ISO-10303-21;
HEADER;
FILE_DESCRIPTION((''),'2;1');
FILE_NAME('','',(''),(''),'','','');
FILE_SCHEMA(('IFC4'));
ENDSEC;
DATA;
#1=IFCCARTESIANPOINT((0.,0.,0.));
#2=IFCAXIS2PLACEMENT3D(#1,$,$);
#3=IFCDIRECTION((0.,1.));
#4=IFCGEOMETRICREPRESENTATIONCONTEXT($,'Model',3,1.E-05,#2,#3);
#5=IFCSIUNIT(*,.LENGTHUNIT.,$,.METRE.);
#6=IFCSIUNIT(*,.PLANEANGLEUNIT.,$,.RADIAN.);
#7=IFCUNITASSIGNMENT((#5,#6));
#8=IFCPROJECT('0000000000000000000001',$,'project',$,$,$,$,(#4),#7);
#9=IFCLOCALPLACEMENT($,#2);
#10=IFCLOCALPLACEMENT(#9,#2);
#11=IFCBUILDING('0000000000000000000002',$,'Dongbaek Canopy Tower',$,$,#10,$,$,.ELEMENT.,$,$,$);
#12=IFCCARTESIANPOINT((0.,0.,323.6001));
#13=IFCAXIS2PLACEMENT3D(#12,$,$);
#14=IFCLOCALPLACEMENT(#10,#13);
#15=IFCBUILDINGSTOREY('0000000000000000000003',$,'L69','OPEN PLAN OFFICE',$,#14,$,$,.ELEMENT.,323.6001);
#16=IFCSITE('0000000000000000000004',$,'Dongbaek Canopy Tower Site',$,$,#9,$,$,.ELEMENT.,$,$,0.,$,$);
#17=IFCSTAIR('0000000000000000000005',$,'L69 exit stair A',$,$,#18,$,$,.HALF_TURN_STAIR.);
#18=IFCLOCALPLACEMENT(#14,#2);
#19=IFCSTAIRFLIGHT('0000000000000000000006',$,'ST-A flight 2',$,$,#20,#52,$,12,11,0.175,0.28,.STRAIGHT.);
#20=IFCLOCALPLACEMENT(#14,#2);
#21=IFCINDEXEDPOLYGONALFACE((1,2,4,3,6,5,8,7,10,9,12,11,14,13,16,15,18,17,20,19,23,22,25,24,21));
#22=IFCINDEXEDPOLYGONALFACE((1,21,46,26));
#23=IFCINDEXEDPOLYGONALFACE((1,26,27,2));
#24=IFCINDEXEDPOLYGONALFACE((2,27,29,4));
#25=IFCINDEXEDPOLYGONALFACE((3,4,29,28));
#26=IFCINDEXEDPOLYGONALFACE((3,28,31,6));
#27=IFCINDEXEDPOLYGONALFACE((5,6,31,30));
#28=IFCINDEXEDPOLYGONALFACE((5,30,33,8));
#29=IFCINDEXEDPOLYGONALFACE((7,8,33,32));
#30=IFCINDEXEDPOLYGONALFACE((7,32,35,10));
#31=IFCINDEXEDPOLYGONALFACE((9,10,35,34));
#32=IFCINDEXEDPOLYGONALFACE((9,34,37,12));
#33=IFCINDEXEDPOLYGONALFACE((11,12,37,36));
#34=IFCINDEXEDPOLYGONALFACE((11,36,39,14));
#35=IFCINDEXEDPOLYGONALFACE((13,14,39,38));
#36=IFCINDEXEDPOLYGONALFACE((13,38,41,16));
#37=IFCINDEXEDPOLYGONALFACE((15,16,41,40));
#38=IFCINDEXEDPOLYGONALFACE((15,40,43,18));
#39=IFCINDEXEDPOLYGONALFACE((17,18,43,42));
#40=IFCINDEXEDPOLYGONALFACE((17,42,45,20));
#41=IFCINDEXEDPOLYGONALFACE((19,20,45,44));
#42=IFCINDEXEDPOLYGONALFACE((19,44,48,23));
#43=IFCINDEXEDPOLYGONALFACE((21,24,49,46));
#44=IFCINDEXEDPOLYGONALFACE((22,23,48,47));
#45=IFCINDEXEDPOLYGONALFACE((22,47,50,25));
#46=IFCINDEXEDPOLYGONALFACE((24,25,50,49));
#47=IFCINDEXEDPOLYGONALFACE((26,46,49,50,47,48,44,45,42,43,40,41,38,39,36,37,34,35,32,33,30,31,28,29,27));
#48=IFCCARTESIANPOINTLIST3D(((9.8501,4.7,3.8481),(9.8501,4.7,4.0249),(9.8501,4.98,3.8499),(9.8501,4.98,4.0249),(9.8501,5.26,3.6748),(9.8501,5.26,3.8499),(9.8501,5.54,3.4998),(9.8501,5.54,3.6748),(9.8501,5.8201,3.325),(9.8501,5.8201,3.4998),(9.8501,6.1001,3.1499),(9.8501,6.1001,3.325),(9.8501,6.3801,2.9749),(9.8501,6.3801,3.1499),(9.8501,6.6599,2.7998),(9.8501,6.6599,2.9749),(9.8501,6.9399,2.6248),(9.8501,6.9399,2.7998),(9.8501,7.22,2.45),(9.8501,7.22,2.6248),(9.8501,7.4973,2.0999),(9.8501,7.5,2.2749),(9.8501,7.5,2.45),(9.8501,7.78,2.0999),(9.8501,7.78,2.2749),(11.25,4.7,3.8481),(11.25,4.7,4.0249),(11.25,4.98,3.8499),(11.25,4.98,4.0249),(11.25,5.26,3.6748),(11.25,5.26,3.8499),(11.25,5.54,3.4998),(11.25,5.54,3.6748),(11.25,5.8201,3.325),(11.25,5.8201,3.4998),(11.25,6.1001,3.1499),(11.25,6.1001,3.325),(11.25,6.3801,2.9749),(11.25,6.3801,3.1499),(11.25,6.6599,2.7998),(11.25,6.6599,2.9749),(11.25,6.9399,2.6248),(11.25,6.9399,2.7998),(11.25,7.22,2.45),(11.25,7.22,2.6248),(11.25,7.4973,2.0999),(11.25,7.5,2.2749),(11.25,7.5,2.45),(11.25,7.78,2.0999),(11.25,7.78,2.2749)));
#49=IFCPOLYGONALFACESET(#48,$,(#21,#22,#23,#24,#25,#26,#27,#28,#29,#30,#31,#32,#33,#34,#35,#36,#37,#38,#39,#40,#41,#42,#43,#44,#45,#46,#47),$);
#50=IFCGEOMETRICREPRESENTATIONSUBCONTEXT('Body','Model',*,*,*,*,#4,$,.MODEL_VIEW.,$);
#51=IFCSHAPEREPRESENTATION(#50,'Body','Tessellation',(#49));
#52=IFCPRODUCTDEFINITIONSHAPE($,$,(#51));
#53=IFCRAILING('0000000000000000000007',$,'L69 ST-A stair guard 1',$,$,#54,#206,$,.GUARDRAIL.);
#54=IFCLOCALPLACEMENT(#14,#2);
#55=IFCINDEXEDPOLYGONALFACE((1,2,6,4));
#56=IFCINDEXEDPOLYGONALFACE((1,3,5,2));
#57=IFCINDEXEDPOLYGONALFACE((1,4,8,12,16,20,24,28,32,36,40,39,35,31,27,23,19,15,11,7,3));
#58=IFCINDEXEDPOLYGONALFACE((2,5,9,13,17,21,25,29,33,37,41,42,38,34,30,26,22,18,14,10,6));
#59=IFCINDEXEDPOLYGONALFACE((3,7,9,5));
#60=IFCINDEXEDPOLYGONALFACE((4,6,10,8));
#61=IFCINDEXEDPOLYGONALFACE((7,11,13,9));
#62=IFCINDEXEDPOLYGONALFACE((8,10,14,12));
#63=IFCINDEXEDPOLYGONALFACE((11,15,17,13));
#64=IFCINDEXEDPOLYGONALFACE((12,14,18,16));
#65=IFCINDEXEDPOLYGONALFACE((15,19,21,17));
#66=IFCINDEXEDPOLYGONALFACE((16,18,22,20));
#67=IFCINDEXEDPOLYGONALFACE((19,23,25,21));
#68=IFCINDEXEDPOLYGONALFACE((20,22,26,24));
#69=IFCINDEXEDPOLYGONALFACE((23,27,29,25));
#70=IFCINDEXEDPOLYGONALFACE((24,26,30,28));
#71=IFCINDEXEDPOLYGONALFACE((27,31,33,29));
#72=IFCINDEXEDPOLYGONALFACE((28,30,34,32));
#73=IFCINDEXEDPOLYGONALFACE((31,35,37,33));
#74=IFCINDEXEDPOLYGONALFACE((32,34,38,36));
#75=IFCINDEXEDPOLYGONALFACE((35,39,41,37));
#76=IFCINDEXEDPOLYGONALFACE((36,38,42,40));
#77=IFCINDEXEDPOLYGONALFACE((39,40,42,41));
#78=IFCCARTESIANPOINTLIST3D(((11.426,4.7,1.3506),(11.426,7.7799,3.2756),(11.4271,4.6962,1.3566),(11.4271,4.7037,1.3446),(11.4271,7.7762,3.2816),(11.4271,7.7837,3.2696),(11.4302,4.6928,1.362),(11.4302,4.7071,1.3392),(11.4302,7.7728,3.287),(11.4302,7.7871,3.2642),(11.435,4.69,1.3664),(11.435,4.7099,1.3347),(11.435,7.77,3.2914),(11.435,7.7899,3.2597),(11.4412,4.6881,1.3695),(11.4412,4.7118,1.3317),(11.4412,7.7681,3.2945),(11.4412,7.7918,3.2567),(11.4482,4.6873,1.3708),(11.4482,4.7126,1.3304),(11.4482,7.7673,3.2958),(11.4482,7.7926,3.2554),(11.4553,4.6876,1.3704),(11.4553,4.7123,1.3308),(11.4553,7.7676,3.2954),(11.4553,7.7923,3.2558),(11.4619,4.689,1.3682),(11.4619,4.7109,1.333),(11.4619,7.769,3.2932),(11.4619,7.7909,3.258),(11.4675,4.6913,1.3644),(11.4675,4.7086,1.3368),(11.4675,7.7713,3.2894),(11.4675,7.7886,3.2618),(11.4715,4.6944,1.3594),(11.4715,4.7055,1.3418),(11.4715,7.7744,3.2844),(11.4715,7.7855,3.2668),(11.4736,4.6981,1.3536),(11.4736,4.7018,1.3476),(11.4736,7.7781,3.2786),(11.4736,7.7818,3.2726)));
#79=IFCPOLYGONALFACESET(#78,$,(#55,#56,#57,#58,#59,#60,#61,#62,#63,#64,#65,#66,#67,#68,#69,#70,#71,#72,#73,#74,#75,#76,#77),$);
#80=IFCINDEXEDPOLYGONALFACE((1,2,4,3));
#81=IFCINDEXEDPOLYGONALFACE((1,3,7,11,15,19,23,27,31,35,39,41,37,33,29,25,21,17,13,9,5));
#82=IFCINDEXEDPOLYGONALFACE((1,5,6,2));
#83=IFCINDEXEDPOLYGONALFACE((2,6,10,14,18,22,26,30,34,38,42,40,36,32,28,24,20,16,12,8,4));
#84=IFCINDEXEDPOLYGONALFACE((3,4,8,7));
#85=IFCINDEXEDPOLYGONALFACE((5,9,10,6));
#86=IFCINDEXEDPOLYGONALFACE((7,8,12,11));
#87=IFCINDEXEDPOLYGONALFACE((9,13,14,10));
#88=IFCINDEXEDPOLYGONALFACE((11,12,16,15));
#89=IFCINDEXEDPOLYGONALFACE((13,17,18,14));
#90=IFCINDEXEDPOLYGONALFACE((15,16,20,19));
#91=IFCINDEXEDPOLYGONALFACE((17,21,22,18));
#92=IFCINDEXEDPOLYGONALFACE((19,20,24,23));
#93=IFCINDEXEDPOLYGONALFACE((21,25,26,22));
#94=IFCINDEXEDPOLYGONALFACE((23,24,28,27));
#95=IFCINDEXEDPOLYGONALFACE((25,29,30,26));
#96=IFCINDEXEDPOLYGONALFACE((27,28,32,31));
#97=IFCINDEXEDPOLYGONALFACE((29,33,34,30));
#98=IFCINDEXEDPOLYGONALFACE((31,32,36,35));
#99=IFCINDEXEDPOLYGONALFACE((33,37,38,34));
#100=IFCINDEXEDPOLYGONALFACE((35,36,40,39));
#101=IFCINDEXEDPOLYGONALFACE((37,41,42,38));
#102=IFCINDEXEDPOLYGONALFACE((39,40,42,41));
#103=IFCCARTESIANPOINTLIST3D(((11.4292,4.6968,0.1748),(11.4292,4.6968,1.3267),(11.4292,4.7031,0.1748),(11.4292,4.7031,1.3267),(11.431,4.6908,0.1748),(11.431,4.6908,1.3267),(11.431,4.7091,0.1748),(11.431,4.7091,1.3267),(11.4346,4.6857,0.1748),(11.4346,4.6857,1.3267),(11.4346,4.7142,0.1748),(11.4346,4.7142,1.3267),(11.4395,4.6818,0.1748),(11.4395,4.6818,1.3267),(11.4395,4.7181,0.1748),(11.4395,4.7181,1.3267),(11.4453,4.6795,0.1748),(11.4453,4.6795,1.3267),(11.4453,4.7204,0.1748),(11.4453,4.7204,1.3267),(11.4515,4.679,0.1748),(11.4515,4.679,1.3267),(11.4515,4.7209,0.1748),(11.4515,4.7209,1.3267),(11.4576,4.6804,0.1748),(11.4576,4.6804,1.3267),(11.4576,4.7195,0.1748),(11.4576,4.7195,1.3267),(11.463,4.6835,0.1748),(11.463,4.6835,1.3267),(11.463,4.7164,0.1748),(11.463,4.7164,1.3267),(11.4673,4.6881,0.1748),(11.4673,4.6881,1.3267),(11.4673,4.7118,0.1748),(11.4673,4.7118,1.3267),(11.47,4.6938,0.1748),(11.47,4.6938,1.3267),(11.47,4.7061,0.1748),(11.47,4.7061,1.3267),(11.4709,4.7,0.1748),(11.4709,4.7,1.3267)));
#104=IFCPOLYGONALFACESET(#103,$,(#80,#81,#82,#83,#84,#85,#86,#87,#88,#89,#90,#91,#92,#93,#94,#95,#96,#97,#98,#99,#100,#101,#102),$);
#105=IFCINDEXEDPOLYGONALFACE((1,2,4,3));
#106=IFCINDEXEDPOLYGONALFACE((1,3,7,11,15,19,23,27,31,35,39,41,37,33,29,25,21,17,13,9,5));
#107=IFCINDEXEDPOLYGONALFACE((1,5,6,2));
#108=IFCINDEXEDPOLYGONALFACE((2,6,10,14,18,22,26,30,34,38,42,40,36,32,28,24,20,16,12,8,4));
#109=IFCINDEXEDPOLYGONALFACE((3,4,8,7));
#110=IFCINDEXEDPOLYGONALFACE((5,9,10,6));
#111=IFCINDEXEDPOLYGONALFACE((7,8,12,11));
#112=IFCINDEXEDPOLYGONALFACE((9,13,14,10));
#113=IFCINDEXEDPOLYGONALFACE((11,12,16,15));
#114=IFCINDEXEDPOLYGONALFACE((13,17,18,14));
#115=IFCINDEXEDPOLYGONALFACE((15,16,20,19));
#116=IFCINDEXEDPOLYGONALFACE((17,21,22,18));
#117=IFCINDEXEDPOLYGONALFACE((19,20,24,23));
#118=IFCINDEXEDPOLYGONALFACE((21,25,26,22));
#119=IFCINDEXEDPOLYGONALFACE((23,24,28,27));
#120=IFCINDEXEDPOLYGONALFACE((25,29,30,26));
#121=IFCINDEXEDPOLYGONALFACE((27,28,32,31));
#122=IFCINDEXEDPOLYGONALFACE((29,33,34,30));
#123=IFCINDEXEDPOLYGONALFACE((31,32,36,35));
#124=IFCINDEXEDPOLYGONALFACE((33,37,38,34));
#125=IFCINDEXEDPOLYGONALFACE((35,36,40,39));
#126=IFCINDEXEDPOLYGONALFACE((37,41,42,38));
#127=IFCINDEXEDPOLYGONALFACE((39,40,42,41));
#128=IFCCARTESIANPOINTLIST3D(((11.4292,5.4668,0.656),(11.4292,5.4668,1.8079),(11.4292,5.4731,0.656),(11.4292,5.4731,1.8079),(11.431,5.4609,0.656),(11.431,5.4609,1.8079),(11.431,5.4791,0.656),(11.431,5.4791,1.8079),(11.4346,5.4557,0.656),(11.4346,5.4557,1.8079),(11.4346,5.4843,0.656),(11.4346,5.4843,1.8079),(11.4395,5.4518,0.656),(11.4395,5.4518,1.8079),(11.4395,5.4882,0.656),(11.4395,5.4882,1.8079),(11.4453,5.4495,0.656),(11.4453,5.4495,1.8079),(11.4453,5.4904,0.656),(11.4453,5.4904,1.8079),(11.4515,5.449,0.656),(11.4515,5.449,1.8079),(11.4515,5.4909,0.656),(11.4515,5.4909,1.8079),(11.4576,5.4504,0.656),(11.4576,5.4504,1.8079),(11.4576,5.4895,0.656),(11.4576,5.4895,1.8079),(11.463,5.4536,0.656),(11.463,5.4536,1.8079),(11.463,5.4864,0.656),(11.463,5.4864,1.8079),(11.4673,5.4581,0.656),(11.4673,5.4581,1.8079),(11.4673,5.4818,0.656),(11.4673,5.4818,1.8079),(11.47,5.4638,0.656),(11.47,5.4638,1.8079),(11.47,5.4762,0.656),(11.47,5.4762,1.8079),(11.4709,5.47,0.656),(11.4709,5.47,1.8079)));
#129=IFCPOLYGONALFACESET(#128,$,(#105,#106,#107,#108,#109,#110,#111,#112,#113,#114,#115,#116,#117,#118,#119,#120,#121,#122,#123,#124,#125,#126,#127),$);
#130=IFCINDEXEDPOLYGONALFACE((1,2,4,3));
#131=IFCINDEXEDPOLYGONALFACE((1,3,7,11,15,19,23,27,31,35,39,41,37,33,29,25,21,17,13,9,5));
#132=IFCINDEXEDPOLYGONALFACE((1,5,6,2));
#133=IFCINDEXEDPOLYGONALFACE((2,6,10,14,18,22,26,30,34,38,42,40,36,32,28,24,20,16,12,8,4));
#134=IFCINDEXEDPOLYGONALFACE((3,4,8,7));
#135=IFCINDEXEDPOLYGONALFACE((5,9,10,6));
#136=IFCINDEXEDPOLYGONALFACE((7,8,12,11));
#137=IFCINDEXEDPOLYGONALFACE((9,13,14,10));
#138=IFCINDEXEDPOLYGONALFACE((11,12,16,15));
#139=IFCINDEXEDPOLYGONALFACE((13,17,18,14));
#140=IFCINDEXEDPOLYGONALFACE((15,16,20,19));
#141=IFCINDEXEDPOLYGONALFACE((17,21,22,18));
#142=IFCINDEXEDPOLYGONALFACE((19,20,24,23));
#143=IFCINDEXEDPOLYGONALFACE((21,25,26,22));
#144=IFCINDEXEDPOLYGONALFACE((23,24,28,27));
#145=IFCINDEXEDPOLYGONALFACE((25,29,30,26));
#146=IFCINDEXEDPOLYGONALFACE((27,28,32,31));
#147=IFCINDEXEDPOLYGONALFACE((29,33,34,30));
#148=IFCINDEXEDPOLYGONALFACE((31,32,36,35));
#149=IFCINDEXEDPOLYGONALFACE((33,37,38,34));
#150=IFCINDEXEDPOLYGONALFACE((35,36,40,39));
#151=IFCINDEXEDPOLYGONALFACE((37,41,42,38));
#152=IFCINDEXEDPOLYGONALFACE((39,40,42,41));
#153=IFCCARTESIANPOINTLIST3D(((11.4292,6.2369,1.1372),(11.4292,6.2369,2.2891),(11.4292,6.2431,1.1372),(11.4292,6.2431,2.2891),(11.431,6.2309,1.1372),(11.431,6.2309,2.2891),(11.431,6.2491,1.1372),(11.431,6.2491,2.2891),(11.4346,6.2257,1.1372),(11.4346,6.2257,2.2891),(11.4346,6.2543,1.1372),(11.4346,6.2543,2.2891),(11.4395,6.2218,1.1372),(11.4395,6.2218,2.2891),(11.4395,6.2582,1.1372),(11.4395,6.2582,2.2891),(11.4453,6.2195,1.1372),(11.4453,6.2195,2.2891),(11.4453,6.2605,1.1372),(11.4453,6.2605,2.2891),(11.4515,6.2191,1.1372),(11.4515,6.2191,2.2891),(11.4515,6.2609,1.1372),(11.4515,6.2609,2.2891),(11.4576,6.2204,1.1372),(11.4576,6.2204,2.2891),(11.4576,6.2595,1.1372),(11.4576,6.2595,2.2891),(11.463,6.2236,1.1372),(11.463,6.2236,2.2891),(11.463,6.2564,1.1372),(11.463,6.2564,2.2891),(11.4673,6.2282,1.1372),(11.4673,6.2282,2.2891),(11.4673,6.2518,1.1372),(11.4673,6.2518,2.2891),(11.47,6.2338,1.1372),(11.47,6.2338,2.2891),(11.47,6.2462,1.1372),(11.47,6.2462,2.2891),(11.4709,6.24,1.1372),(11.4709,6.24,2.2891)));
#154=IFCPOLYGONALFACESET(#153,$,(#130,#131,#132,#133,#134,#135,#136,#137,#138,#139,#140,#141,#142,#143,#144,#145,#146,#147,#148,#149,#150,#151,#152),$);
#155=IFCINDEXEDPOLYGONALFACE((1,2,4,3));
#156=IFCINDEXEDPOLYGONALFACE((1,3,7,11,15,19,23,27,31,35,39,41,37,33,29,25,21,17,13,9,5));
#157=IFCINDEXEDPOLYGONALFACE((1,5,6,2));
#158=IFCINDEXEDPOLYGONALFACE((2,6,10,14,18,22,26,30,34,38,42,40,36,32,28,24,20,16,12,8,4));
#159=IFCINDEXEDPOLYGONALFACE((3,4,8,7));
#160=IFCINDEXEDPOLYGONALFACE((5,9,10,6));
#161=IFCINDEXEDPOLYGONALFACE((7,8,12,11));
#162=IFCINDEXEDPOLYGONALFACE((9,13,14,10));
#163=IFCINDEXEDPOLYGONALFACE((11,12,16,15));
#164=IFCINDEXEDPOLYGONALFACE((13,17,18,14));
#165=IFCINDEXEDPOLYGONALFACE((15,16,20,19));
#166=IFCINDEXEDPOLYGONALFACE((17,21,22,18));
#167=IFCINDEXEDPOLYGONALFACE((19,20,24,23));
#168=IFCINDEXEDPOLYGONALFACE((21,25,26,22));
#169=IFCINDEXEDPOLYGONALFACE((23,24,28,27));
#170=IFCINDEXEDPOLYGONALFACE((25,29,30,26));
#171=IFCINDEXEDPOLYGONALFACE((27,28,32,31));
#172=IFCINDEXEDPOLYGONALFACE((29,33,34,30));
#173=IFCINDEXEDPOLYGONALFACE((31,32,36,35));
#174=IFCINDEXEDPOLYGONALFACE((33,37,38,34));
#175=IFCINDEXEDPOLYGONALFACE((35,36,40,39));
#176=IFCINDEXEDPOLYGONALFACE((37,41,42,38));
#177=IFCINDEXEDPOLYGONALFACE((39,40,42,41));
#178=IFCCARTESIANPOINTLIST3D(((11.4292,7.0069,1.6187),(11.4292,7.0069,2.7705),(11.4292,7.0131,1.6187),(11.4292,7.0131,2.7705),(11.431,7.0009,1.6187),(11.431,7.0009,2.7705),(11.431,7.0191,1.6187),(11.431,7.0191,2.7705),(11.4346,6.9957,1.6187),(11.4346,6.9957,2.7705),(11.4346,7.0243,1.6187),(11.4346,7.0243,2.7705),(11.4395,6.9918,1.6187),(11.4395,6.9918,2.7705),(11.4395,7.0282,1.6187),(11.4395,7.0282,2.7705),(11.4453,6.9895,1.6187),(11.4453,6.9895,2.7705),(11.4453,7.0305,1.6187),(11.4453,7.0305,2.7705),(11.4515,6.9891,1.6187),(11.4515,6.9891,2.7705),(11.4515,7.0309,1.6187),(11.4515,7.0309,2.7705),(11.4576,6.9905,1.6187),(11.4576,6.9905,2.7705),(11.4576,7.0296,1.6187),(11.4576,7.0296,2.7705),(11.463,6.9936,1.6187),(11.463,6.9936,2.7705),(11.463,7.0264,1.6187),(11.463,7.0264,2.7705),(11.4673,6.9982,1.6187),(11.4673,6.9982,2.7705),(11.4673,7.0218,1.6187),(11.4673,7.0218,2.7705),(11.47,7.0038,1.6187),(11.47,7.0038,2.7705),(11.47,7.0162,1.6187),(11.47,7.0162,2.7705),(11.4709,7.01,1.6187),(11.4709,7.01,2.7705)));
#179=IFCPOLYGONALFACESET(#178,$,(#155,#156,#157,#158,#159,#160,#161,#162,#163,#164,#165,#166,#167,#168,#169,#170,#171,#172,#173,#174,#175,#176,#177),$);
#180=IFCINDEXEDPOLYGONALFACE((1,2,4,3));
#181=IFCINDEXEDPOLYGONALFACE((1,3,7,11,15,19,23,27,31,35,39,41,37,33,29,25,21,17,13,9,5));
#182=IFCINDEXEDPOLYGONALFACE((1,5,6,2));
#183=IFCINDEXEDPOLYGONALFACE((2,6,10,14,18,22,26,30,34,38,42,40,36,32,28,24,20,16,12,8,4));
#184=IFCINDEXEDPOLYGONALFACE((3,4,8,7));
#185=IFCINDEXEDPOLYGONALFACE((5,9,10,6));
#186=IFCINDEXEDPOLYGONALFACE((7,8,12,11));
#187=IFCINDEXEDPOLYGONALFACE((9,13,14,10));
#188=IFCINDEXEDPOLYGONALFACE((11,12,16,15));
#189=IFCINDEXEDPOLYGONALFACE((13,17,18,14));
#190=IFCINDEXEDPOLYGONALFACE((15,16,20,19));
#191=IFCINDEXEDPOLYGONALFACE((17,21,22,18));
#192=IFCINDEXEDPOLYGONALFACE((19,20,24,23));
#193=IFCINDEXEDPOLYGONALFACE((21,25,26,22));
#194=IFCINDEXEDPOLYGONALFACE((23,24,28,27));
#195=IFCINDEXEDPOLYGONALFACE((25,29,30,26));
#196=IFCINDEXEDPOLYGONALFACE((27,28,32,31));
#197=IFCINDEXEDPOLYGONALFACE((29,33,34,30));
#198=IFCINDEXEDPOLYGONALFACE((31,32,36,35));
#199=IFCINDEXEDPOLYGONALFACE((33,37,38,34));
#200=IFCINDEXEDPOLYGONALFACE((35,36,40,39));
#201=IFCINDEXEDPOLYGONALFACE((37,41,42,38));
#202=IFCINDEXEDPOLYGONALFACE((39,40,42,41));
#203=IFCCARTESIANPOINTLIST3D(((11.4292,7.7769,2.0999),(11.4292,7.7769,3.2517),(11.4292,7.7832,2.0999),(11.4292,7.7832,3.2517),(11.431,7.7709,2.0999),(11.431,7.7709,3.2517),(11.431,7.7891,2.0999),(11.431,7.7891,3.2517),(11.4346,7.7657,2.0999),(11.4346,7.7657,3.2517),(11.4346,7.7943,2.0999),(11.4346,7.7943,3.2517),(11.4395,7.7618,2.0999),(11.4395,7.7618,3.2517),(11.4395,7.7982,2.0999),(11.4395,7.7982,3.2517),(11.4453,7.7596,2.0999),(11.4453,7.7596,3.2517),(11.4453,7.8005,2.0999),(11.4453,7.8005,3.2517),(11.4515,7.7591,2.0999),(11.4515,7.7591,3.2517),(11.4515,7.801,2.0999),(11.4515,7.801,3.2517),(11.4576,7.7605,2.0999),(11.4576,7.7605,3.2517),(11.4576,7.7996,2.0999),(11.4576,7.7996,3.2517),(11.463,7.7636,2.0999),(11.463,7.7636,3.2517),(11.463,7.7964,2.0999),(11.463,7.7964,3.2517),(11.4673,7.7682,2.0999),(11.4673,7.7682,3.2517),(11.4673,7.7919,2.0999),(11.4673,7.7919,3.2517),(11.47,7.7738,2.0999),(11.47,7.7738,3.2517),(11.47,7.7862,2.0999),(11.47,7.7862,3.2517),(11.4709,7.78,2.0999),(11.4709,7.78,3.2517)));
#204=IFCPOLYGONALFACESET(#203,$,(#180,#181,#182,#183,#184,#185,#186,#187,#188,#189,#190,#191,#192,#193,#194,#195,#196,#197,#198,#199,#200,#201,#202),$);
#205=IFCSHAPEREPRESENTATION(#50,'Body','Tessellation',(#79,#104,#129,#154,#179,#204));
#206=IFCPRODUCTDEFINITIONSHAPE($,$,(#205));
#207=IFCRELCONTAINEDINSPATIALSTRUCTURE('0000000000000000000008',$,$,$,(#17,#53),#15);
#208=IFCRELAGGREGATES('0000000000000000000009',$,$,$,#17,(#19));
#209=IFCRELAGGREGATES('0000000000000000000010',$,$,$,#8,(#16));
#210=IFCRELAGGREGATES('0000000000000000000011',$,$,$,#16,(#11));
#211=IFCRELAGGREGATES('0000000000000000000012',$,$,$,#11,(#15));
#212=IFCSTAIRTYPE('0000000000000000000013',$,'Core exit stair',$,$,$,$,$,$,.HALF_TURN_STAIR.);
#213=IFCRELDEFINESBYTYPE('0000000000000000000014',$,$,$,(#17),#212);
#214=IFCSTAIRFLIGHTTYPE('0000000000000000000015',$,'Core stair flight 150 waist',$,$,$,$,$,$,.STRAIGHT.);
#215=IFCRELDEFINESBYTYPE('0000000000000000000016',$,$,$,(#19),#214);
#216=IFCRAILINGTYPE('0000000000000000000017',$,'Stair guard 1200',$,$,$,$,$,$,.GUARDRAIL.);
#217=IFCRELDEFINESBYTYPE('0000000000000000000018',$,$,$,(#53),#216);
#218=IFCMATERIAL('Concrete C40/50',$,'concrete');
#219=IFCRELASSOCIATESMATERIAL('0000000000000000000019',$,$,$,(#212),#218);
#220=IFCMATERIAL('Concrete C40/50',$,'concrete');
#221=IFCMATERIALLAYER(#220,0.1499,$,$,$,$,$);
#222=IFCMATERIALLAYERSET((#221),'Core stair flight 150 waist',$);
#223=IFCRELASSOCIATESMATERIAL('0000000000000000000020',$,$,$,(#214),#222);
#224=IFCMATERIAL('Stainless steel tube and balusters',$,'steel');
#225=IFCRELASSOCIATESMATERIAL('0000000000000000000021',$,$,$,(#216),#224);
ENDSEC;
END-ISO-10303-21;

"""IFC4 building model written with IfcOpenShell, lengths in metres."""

from ifc_helpers import new_model, si_unit, direction, frame, origin, origin_2d, place, context, subcontext, project, spatial, polyline, circle, outline, extrude, material, layer, layer_set, type_object, element, aggregate, save


model = new_model("IFC4")

# Units and contexts
model_context = context("Model", 3, precision=1e-05, world=origin(), true_north=direction((0.0, 1.0)))
body_context = subcontext(model_context, "Body", "Model", "MODEL_VIEW")
ifc_project = project(units=[si_unit("LENGTHUNIT", "METRE"), si_unit("PLANEANGLEUNIT", "RADIAN")], contexts=[model_context])

# Site, building, storey
site_placement = place(None, origin())
site = spatial("IfcSite", under=ifc_project, at=site_placement, Name="Dongbaek Canopy Tower Site", CompositionType="ELEMENT", RefElevation=0.0)
building_placement = place(site_placement, origin())
building = spatial("IfcBuilding", under=site, at=building_placement, Name="Dongbaek Canopy Tower", CompositionType="ELEMENT")
storey_placement = place(building_placement, frame((0.0, 0.0, 323.6001)))
storey = spatial("IfcBuildingStorey", under=building, at=storey_placement, Name="L69", Description="OPEN PLAN OFFICE", CompositionType="ELEMENT", Elevation=323.6001)

# Shared definitions
ifc_material_1 = material(Name="Concrete C40/50", Category="concrete")
stair_type = type_object("IfcStairType", Name="Core exit stair", PredefinedType="HALF_TURN_STAIR", material=ifc_material_1)

# Stair, stair flight
stair_1_placement = place(storey_placement, origin())
stair_1 = element("IfcStair", 1, at=stair_1_placement, inside=storey, type_object=stair_type, Name="L69 exit stair A", PredefinedType="HALF_TURN_STAIR")
ifc_material_2 = material(Name="Concrete C40/50", Category="concrete")
ifc_layer_1 = layer(ifc_material_2, 0.1499)
ifc_layer_set_1 = layer_set([ifc_layer_1], Name="Core stair flight 150 waist")
stair_flight_type = type_object("IfcStairFlightType", Name="Core stair flight 150 waist", PredefinedType="STRAIGHT", material=ifc_layer_set_1)
stair_flight_1_placement = place(storey_placement, frame((10.55, 7.78, 2.0999), z_axis=(0.0, 0.0, 1.0), x_axis=(0.0, -1.0, 0.0)))
stair_flight_1 = element("IfcStairFlight", 2, at=stair_flight_1_placement, type_object=stair_flight_type, Name="ST-A flight 2", NumberOfRisers=12, NumberOfTreads=11, PredefinedType="STRAIGHT", RiserHeight=0.175, TreadLength=0.28, context=body_context, shape_type="SweptSolid", body=[
    extrude(outline(polyline([(0.0, 0.0), (0.0, 0.175), (0.28, 0.175), (0.28, 0.3501), (0.5601, 0.3501), (0.5601, 0.5249), (0.8401, 0.5249), (0.8401, 0.7), (1.1201, 0.7), (1.1201, 0.875), (1.3999, 0.875), (1.3999, 1.05), (1.6799, 1.05), (1.6799, 1.2251), (1.96, 1.2251), (1.96, 1.3999), (2.24, 1.3999), (2.24, 1.575), (2.52, 1.575), (2.52, 1.75), (2.8, 1.75), (2.8, 1.925), (3.0801, 1.925), (3.0801, 2.1001), (3.0801, 1.7483), (0.2827, 0.0), (0.0, 0.0)])), frame((0.0, 0.7, 0.0), z_axis=(0.0, -1.0, 0.0), x_axis=(1.0, 0.0, 0.0)), (0.0, 0.0, 1.0), 1.3999),
])
aggregate(stair_1, [stair_flight_1])

# Railing
ifc_material_3 = material(Name="Stainless steel tube and balusters", Category="steel")
railing_type_1 = type_object("IfcRailingType", Name="Stair guard 1200", PredefinedType="GUARDRAIL", material=ifc_material_3)
railing_1_placement = place(storey_placement, frame((11.45, 4.7, 0.1748)))
element("IfcRailing", 3, at=railing_1_placement, inside=storey, type_object=railing_type_1, Name="L69 ST-A stair guard 1", PredefinedType="GUARDRAIL", context=body_context, shape_type="SweptSolid", body=[
    extrude(circle(Radius=0.0239, at=origin_2d()), frame((0.0, 0.0, 1.1758), z_axis=(0.0, 0.847998, 0.529999), x_axis=(-1.0, 0.0, 0.0)), (0.0, 0.0, 1.0), 3.6321),
    extrude(circle(Radius=0.021, at=origin_2d()), origin(), (0.0, 0.0, 1.0), 1.1519),
    extrude(circle(Radius=0.021, at=origin_2d()), frame((0.0, 0.77, 0.4812)), (0.0, 0.0, 1.0), 1.1519),
    extrude(circle(Radius=0.021, at=origin_2d()), frame((0.0, 1.54, 0.9624)), (0.0, 0.0, 1.0), 1.1519),
    extrude(circle(Radius=0.021, at=origin_2d()), frame((0.0, 2.3101, 1.4438)), (0.0, 0.0, 1.0), 1.1519),
    extrude(circle(Radius=0.021, at=origin_2d()), frame((0.0, 3.0801, 1.925)), (0.0, 0.0, 1.0), 1.1519),
])

save(model, "model.ifc")
